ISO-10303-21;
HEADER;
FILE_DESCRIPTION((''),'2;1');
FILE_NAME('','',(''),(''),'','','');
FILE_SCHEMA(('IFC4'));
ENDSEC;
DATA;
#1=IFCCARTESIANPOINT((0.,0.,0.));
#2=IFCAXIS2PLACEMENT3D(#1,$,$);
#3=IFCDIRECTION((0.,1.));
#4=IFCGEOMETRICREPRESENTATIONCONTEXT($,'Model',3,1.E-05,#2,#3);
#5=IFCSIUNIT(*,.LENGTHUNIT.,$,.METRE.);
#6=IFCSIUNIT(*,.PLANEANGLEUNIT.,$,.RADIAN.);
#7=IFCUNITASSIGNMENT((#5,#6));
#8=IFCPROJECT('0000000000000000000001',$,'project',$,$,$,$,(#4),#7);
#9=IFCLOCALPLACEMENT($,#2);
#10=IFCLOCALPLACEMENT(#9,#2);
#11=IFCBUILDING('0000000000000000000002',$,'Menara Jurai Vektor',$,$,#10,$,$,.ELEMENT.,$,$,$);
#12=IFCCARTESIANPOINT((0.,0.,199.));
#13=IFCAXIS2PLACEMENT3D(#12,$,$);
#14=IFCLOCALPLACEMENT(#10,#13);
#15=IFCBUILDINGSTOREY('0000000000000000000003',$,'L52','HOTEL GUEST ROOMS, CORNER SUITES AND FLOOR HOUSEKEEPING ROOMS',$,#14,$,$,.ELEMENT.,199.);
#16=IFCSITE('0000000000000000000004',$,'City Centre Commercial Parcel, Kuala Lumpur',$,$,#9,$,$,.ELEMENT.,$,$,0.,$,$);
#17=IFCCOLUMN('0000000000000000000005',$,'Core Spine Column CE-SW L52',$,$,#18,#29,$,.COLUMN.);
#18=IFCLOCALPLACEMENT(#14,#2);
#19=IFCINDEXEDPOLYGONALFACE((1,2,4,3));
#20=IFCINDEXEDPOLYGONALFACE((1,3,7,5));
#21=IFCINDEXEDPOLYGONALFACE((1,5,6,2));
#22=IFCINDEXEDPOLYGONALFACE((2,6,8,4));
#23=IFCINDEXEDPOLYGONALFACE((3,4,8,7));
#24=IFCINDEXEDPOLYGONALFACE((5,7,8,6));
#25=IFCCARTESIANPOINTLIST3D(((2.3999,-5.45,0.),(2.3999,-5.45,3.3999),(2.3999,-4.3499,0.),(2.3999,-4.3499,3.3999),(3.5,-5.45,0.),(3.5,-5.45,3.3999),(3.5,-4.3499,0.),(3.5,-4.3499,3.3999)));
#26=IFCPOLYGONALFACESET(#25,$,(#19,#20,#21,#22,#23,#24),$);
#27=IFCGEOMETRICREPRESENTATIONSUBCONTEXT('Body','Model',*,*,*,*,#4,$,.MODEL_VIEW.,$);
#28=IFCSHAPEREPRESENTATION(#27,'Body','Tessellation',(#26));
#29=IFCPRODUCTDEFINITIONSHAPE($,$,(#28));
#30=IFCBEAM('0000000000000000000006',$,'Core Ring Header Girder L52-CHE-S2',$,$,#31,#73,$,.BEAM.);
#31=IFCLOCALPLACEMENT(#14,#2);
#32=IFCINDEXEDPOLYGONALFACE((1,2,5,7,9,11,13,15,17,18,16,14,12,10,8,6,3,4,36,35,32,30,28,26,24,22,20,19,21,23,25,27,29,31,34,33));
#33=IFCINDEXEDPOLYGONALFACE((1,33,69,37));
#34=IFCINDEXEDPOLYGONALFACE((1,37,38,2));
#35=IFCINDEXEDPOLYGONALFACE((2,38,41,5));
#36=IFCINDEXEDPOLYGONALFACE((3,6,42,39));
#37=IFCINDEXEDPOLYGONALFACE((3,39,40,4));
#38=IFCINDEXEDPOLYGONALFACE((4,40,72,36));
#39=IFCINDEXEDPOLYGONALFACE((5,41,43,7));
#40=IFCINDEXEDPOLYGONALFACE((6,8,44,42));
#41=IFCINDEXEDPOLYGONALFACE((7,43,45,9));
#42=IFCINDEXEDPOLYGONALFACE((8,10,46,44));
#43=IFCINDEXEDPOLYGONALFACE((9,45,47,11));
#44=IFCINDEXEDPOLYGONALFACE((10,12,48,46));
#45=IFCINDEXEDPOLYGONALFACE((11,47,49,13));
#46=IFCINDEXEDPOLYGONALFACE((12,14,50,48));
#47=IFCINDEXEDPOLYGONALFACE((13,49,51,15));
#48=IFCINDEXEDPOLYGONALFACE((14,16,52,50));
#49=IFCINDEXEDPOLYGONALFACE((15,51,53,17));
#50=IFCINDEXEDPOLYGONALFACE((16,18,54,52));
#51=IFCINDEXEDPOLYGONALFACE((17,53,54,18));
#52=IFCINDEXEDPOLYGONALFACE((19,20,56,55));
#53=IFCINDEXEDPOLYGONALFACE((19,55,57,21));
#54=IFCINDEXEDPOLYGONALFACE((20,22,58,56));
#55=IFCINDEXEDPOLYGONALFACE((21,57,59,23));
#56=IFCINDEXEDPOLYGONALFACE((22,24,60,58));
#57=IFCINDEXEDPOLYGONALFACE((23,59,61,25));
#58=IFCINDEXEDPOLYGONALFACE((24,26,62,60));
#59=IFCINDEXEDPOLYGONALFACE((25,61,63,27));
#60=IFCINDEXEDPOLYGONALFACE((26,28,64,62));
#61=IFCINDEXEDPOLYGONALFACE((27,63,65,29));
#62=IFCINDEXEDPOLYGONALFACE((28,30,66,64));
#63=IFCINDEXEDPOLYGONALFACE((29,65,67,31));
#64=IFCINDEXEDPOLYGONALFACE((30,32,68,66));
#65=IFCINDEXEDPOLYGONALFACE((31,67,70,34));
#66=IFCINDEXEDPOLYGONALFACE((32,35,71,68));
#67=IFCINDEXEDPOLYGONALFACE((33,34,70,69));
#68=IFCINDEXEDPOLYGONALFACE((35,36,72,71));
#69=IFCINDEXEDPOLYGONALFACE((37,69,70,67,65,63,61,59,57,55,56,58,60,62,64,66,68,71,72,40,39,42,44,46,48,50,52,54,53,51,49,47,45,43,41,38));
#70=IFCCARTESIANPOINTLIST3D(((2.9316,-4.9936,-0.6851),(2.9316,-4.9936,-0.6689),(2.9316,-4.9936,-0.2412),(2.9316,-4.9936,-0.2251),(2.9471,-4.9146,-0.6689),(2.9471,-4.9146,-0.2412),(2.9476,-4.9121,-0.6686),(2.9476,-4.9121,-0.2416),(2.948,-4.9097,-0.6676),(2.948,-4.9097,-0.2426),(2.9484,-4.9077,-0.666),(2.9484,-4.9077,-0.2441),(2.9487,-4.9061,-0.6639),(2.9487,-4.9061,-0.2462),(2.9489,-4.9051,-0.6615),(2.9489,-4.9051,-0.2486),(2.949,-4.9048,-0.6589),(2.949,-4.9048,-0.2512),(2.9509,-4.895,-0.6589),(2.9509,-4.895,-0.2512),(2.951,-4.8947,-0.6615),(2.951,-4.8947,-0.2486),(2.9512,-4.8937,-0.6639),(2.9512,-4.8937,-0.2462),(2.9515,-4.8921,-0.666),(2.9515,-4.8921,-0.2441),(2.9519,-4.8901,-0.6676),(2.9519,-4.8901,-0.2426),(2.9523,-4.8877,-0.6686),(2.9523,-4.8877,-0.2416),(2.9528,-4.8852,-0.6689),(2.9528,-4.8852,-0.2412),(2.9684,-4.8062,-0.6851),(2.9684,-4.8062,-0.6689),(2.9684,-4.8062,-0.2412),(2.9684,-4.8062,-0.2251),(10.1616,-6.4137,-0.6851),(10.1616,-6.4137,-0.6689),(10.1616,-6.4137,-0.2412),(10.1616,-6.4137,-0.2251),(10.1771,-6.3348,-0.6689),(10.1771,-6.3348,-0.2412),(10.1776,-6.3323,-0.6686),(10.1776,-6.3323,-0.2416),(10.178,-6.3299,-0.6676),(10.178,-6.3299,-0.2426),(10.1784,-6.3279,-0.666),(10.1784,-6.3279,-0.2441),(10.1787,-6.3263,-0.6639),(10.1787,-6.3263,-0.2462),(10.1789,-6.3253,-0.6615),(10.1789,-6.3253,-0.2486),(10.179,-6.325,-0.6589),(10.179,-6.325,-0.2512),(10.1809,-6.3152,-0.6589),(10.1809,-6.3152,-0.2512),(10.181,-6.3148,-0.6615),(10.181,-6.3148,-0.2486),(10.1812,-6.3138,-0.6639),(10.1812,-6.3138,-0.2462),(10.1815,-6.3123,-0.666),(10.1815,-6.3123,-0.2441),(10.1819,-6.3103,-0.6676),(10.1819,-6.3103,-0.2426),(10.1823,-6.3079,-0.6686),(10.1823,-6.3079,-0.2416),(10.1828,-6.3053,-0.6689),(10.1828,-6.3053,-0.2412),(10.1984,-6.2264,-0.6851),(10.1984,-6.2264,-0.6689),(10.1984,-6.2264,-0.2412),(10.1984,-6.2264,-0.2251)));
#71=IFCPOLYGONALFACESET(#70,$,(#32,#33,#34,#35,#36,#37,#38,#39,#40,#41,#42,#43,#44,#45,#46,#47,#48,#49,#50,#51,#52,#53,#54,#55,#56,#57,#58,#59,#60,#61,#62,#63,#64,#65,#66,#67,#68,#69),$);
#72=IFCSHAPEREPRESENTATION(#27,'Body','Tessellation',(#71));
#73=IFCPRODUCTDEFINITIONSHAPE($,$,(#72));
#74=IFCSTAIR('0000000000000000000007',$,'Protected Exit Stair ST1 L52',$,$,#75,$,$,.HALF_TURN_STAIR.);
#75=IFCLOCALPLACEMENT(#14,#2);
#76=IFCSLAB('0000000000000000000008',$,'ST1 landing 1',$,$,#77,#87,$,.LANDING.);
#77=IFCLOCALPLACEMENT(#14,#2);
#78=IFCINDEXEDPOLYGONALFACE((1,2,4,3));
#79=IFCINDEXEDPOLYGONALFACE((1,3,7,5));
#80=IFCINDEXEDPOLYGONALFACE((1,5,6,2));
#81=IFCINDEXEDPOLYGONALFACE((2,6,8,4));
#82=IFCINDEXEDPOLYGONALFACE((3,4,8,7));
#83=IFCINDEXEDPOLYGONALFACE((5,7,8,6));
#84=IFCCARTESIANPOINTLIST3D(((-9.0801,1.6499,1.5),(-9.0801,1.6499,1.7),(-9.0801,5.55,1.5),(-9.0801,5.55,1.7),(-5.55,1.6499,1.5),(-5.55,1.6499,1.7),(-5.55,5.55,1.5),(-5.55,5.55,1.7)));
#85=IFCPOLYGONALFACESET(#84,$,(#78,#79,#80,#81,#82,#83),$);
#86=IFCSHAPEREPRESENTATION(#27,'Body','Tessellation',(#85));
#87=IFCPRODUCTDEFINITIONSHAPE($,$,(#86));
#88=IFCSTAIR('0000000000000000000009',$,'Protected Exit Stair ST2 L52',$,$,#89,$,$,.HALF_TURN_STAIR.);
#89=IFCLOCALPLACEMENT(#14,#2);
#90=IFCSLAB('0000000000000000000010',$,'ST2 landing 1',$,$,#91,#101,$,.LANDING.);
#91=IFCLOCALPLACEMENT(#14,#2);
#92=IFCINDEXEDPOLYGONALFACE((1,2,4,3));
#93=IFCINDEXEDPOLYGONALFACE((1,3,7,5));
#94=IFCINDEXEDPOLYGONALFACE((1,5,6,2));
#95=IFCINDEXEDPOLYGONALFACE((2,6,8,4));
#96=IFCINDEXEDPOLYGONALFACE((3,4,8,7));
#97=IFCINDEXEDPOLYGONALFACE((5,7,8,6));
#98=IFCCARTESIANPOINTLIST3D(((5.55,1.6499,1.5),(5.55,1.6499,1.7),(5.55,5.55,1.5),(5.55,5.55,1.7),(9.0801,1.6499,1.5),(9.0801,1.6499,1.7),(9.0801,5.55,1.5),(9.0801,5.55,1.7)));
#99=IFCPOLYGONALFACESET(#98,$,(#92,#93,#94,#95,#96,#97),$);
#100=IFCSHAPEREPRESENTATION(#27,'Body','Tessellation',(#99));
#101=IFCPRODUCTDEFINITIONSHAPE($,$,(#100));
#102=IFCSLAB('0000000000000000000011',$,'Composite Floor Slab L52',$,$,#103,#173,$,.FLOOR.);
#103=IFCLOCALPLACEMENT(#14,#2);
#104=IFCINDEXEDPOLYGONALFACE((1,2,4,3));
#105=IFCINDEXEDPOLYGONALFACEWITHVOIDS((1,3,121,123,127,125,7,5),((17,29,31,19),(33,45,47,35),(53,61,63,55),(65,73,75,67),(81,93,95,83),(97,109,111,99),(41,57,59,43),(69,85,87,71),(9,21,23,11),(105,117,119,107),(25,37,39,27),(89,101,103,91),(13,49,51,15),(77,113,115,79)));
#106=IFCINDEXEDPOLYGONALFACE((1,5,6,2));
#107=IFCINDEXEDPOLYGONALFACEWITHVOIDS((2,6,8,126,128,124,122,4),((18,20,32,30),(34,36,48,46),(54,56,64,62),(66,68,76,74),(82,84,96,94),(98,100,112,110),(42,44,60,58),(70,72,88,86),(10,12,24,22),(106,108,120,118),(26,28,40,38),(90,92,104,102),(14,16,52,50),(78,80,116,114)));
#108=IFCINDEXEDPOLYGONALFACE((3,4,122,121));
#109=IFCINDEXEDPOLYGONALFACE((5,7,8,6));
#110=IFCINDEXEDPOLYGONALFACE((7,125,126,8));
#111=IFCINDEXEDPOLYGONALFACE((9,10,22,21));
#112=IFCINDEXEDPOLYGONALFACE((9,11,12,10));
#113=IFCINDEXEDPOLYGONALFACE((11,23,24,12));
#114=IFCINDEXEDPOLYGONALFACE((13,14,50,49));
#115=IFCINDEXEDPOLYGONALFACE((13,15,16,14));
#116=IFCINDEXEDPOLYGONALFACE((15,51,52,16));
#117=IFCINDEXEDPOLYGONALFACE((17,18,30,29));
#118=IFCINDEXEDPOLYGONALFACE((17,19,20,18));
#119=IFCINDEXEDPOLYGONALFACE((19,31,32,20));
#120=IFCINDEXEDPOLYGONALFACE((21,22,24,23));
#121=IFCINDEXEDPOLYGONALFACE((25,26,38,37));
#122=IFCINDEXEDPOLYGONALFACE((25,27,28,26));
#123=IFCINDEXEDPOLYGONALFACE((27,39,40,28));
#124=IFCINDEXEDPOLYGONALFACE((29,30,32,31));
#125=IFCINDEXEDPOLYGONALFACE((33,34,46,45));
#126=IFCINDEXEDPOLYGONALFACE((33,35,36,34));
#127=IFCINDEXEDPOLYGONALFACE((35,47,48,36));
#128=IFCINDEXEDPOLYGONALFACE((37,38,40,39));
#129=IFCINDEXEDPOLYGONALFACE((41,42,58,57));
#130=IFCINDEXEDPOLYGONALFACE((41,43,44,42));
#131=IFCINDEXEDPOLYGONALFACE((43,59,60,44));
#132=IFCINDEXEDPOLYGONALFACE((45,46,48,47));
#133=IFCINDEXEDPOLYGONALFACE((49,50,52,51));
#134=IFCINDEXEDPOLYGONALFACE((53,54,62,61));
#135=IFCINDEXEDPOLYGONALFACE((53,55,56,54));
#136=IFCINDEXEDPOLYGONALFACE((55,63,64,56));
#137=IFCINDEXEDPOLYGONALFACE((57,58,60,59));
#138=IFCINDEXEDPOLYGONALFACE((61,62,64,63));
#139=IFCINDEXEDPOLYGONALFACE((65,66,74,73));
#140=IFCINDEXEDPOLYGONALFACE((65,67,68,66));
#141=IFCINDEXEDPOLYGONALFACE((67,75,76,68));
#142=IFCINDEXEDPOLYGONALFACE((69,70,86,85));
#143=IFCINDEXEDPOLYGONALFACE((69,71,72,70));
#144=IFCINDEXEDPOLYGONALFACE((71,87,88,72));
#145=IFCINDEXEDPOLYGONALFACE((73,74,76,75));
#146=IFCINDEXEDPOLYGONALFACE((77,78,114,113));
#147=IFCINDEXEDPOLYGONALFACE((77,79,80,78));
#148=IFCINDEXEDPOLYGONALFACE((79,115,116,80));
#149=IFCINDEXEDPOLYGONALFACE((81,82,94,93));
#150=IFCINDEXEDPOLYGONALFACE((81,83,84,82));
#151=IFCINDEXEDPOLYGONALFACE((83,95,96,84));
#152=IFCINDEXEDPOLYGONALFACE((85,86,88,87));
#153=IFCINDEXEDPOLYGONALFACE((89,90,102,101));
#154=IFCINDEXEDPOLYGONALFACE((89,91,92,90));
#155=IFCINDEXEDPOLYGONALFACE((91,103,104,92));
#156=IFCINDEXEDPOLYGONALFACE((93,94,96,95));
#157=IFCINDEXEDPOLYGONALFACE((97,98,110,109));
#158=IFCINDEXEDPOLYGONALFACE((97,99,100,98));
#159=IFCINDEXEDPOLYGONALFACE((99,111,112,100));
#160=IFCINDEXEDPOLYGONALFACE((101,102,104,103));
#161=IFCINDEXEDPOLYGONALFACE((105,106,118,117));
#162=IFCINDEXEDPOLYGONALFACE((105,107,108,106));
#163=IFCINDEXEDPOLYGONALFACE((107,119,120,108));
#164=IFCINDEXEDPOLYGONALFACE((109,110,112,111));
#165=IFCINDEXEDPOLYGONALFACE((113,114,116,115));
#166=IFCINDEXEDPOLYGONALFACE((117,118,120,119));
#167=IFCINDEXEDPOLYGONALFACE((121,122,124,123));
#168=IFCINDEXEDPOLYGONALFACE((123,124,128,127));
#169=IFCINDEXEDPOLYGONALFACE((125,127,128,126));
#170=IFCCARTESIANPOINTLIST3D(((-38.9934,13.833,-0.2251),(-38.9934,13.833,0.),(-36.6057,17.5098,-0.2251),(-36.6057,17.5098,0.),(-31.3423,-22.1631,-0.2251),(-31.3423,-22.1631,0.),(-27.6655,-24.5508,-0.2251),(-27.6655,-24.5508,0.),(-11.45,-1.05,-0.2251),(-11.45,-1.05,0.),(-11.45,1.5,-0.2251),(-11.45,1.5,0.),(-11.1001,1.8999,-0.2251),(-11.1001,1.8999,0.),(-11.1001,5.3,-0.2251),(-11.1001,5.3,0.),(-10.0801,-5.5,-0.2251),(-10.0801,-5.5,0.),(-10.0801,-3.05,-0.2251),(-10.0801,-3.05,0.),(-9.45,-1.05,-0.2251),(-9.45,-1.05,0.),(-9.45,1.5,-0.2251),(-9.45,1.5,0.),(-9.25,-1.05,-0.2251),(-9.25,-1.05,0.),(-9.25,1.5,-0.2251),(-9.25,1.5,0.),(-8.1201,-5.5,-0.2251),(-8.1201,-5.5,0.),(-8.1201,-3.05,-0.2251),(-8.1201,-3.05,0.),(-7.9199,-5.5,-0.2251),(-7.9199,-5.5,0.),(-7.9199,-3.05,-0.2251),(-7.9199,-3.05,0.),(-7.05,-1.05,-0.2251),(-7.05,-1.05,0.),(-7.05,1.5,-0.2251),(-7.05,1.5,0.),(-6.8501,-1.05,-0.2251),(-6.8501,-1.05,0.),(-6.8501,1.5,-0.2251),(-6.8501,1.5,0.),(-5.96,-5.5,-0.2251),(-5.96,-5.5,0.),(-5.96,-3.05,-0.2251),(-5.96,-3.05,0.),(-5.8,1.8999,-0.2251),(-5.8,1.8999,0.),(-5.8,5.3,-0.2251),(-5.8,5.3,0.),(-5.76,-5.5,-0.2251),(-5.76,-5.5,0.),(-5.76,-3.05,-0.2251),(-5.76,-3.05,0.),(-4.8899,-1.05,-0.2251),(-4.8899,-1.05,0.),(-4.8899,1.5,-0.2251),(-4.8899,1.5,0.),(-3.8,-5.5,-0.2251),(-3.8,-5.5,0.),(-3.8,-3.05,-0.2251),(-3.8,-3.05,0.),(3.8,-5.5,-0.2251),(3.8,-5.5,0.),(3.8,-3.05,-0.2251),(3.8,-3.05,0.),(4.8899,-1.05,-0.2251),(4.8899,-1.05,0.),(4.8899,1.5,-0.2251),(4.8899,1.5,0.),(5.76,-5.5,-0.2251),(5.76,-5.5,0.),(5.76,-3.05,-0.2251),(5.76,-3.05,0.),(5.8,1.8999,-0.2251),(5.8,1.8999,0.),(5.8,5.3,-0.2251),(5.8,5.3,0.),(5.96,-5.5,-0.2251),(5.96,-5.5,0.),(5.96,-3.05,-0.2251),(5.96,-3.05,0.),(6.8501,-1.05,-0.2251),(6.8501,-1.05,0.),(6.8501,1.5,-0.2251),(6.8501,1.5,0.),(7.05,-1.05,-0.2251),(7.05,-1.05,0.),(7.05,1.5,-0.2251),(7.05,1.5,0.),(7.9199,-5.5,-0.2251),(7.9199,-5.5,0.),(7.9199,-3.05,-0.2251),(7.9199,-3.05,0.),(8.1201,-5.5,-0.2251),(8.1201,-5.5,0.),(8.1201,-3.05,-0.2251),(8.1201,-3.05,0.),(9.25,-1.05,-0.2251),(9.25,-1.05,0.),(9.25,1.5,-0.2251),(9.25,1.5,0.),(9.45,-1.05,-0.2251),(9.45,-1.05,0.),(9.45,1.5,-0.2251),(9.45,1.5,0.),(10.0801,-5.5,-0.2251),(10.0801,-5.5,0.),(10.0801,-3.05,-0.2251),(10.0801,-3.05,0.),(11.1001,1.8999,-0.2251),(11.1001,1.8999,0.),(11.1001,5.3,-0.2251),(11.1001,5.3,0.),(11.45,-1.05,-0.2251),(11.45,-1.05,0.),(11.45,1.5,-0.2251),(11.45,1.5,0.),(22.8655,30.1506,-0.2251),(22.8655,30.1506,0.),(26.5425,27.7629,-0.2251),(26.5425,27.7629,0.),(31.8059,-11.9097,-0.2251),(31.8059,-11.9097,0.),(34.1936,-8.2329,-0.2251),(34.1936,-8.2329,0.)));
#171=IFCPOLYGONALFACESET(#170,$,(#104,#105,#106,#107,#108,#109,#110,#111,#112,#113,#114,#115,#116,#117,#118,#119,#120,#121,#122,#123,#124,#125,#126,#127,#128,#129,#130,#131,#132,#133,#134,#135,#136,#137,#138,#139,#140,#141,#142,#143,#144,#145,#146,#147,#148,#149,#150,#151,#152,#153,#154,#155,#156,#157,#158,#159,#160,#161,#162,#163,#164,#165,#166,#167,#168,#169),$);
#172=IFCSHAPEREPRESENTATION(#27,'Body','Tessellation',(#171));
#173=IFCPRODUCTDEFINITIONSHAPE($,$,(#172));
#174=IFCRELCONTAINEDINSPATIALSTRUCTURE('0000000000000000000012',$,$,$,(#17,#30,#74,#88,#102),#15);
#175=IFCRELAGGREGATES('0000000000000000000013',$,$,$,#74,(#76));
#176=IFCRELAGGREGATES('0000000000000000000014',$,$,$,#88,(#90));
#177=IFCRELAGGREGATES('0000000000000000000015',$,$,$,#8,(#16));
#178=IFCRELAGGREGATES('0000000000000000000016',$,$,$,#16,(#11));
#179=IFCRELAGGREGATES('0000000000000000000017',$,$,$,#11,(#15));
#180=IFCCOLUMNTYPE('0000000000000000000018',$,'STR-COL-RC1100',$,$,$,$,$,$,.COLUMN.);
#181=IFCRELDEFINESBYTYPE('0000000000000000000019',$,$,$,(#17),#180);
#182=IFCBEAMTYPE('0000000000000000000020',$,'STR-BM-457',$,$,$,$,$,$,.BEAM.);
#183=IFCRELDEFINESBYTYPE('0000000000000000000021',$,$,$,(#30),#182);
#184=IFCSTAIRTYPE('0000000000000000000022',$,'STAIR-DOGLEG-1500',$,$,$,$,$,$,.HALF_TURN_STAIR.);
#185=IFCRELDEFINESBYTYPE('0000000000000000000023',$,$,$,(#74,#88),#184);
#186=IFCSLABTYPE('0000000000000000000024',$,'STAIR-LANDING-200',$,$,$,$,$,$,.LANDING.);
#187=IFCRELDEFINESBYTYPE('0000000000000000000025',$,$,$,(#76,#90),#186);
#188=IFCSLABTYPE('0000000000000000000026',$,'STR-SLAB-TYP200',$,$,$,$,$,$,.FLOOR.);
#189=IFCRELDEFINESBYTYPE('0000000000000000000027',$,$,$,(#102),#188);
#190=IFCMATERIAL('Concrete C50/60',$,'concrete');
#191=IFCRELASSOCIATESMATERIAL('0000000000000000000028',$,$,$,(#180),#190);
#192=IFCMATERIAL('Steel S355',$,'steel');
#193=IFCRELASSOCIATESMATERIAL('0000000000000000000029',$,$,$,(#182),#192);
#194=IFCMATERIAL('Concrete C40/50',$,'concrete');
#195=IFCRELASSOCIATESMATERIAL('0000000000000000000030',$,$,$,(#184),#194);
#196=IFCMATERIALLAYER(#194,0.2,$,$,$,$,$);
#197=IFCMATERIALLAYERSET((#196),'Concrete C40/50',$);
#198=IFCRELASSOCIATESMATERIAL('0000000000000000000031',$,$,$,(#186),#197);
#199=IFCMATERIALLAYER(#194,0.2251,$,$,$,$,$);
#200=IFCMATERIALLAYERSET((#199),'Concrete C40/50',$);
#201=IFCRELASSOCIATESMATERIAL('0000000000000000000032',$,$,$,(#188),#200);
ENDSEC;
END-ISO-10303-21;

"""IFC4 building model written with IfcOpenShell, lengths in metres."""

from ifc_helpers import new_model, si_unit, direction, frame, origin, origin_2d, place, context, subcontext, project, spatial, polyline, rectangle, i_section, outline, extrude, material, layer, layer_set, material_profile, profile_set, type_object, element, aggregate, save


model = new_model("IFC4")

# Units and contexts
model_context = context("Model", 3, precision=1e-05, world=origin(), true_north=direction((0.0, 1.0)))
body_context = subcontext(model_context, "Body", "Model", "MODEL_VIEW")
ifc_project = project(units=[si_unit("LENGTHUNIT", "METRE"), si_unit("PLANEANGLEUNIT", "RADIAN")], contexts=[model_context])

# Site, building, storey
site_placement = place(None, origin())
site = spatial("IfcSite", under=ifc_project, at=site_placement, Name="City Centre Commercial Parcel, Kuala Lumpur", CompositionType="ELEMENT", RefElevation=0.0)
building_placement = place(site_placement, origin())
building = spatial("IfcBuilding", under=site, at=building_placement, Name="Menara Jurai Vektor", CompositionType="ELEMENT")
storey_placement = place(building_placement, frame((0.0, 0.0, 199.0)))
storey = spatial("IfcBuildingStorey", under=building, at=storey_placement, Name="L52", Description="HOTEL GUEST ROOMS, CORNER SUITES AND FLOOR HOUSEKEEPING ROOMS", CompositionType="ELEMENT", Elevation=199.0)

# Column
ifc_material_1 = material(Name="Concrete C50/60", Category="concrete")
ifc_material_profile_1 = material_profile(ifc_material_1, rectangle(XDim=1.1001, YDim=1.1001, at=origin_2d()), Name="RC 1100x1100")
ifc_profile_set_1 = profile_set([ifc_material_profile_1], Name="Concrete C50/60")
column_type = type_object("IfcColumnType", Name="STR-COL-RC1100", PredefinedType="COLUMN", material=ifc_profile_set_1)
column_placement = place(storey_placement, frame((2.95, -4.8999, 0.0), z_axis=(0.0, 0.0, 1.0), x_axis=(1.0, 0.0, 0.0)))
element("IfcColumn", 1, at=column_placement, inside=storey, type_object=column_type, Name="Core Spine Column CE-SW L52", PredefinedType="COLUMN", context=body_context, shape_type="SweptSolid", body=[
    extrude(rectangle(XDim=1.1001, YDim=1.1001, at=origin_2d()), origin(), (0.0, 0.0, 1.0), 3.3999),
])

# Beam
ifc_material_2 = material(Name="Steel S355", Category="steel")
ifc_material_profile_2 = material_profile(ifc_material_2, i_section(OverallWidth=0.1909, OverallDepth=0.46, WebThickness=0.01, FlangeThickness=0.0161, FilletRadius=0.01, at=origin_2d()), Name="UKB 457x191x82")
ifc_profile_set_2 = profile_set([ifc_material_profile_2], Name="Steel S355")
beam_type = type_object("IfcBeamType", Name="STR-BM-457", PredefinedType="BEAM", material=ifc_profile_set_2)
beam_placement = place(storey_placement, frame((2.95, -4.8999, -0.4551), z_axis=(0.981249, -0.192744, 0.0), x_axis=(0.192744, 0.981249, 0.0)))
element("IfcBeam", 2, at=beam_placement, inside=storey, type_object=beam_type, Name="Core Ring Header Girder L52-CHE-S2", PredefinedType="BEAM", context=body_context, shape_type="SweptSolid", body=[
    extrude(i_section(OverallWidth=0.1909, OverallDepth=0.46, WebThickness=0.01, FlangeThickness=0.0161, FilletRadius=0.01, at=origin_2d()), origin(), (0.0, 0.0, 1.0), 7.3682),
])

# Stairs, slabs
ifc_material_3 = material(Name="Concrete C40/50", Category="concrete")
stair_type = type_object("IfcStairType", Name="STAIR-DOGLEG-1500", PredefinedType="HALF_TURN_STAIR", material=ifc_material_3)
stair_1_placement = place(storey_placement, origin())
stair_1 = element("IfcStair", 3, at=stair_1_placement, inside=storey, type_object=stair_type, Name="Protected Exit Stair ST1 L52", PredefinedType="HALF_TURN_STAIR")
ifc_layer_1 = layer(ifc_material_3, 0.2)
ifc_layer_set_1 = layer_set([ifc_layer_1], Name="Concrete C40/50")
slab_type_1 = type_object("IfcSlabType", Name="STAIR-LANDING-200", PredefinedType="LANDING", material=ifc_layer_set_1)
slab_1_placement = place(storey_placement, frame((0.0, 0.0, 1.5)))
slab_1 = element("IfcSlab", 4, at=slab_1_placement, type_object=slab_type_1, Name="ST1 landing 1", PredefinedType="LANDING", context=body_context, shape_type="SweptSolid", body=[
    extrude(outline(polyline([(-9.0801, 1.6499), (-5.55, 1.6499), (-5.55, 5.55), (-9.0801, 5.55), (-9.0801, 1.6499)])), origin(), (0.0, 0.0, 1.0), 0.2),
])
aggregate(stair_1, [slab_1])
stair_2_placement = place(storey_placement, origin())
stair_2 = element("IfcStair", 5, at=stair_2_placement, inside=storey, type_object=stair_type, Name="Protected Exit Stair ST2 L52", PredefinedType="HALF_TURN_STAIR")
slab_2_placement = place(storey_placement, frame((0.0, 0.0, 1.5)))
slab_2 = element("IfcSlab", 6, at=slab_2_placement, type_object=slab_type_1, Name="ST2 landing 1", PredefinedType="LANDING", context=body_context, shape_type="SweptSolid", body=[
    extrude(outline(polyline([(5.55, 1.6499), (9.0801, 1.6499), (9.0801, 5.55), (5.55, 5.55), (5.55, 1.6499)])), origin(), (0.0, 0.0, 1.0), 0.2),
])
aggregate(stair_2, [slab_2])

# Slab
ifc_layer_2 = layer(ifc_material_3, 0.2251)
ifc_layer_set_2 = layer_set([ifc_layer_2], Name="Concrete C40/50")
slab_type_2 = type_object("IfcSlabType", Name="STR-SLAB-TYP200", PredefinedType="FLOOR", material=ifc_layer_set_2)
slab_3_placement = place(storey_placement, frame((0.0, 0.0, -0.2251)))
element("IfcSlab", 7, at=slab_3_placement, inside=storey, type_object=slab_type_2, Name="Composite Floor Slab L52", PredefinedType="FLOOR", context=body_context, shape_type="SweptSolid", body=[
    extrude(outline(polyline([(-27.6655, -24.5508), (31.8059, -11.9097), (34.1936, -8.2329), (26.5425, 27.7629), (22.8655, 30.1506), (-36.6057, 17.5098), (-38.9934, 13.833), (-31.3423, -22.1631), (-27.6655, -24.5508)]), holes=[polyline([(-11.1001, 1.8999), (-11.1001, 5.3), (-5.8, 5.3), (-5.8, 1.8999), (-11.1001, 1.8999)]), polyline([(5.8, 1.8999), (5.8, 5.3), (11.1001, 5.3), (11.1001, 1.8999), (5.8, 1.8999)]), polyline([(-11.45, -1.05), (-11.45, 1.5), (-9.45, 1.5), (-9.45, -1.05), (-11.45, -1.05)]), polyline([(9.45, -1.05), (9.45, 1.5), (11.45, 1.5), (11.45, -1.05), (9.45, -1.05)]), polyline([(-5.76, -5.5), (-5.76, -3.05), (-3.8, -3.05), (-3.8, -5.5), (-5.76, -5.5)]), polyline([(-6.8501, -1.05), (-6.8501, 1.5), (-4.8899, 1.5), (-4.8899, -1.05), (-6.8501, -1.05)]), polyline([(3.8, -5.5), (3.8, -3.05), (5.76, -3.05), (5.76, -5.5), (3.8, -5.5)]), polyline([(4.8899, -1.05), (4.8899, 1.5), (6.8501, 1.5), (6.8501, -1.05), (4.8899, -1.05)]), polyline([(-10.0801, -5.5), (-10.0801, -3.05), (-8.1201, -3.05), (-8.1201, -5.5), (-10.0801, -5.5)]), polyline([(-7.9199, -5.5), (-7.9199, -3.05), (-5.96, -3.05), (-5.96, -5.5), (-7.9199, -5.5)]), polyline([(5.96, -5.5), (5.96, -3.05), (7.9199, -3.05), (7.9199, -5.5), (5.96, -5.5)]), polyline([(8.1201, -5.5), (8.1201, -3.05), (10.0801, -3.05), (10.0801, -5.5), (8.1201, -5.5)]), polyline([(-9.25, -1.05), (-9.25, 1.5), (-7.05, 1.5), (-7.05, -1.05), (-9.25, -1.05)]), polyline([(7.05, -1.05), (7.05, 1.5), (9.25, 1.5), (9.25, -1.05), (7.05, -1.05)])]), origin(), (0.0, 0.0, 1.0), 0.2251),
])

save(model, "model.ifc")
